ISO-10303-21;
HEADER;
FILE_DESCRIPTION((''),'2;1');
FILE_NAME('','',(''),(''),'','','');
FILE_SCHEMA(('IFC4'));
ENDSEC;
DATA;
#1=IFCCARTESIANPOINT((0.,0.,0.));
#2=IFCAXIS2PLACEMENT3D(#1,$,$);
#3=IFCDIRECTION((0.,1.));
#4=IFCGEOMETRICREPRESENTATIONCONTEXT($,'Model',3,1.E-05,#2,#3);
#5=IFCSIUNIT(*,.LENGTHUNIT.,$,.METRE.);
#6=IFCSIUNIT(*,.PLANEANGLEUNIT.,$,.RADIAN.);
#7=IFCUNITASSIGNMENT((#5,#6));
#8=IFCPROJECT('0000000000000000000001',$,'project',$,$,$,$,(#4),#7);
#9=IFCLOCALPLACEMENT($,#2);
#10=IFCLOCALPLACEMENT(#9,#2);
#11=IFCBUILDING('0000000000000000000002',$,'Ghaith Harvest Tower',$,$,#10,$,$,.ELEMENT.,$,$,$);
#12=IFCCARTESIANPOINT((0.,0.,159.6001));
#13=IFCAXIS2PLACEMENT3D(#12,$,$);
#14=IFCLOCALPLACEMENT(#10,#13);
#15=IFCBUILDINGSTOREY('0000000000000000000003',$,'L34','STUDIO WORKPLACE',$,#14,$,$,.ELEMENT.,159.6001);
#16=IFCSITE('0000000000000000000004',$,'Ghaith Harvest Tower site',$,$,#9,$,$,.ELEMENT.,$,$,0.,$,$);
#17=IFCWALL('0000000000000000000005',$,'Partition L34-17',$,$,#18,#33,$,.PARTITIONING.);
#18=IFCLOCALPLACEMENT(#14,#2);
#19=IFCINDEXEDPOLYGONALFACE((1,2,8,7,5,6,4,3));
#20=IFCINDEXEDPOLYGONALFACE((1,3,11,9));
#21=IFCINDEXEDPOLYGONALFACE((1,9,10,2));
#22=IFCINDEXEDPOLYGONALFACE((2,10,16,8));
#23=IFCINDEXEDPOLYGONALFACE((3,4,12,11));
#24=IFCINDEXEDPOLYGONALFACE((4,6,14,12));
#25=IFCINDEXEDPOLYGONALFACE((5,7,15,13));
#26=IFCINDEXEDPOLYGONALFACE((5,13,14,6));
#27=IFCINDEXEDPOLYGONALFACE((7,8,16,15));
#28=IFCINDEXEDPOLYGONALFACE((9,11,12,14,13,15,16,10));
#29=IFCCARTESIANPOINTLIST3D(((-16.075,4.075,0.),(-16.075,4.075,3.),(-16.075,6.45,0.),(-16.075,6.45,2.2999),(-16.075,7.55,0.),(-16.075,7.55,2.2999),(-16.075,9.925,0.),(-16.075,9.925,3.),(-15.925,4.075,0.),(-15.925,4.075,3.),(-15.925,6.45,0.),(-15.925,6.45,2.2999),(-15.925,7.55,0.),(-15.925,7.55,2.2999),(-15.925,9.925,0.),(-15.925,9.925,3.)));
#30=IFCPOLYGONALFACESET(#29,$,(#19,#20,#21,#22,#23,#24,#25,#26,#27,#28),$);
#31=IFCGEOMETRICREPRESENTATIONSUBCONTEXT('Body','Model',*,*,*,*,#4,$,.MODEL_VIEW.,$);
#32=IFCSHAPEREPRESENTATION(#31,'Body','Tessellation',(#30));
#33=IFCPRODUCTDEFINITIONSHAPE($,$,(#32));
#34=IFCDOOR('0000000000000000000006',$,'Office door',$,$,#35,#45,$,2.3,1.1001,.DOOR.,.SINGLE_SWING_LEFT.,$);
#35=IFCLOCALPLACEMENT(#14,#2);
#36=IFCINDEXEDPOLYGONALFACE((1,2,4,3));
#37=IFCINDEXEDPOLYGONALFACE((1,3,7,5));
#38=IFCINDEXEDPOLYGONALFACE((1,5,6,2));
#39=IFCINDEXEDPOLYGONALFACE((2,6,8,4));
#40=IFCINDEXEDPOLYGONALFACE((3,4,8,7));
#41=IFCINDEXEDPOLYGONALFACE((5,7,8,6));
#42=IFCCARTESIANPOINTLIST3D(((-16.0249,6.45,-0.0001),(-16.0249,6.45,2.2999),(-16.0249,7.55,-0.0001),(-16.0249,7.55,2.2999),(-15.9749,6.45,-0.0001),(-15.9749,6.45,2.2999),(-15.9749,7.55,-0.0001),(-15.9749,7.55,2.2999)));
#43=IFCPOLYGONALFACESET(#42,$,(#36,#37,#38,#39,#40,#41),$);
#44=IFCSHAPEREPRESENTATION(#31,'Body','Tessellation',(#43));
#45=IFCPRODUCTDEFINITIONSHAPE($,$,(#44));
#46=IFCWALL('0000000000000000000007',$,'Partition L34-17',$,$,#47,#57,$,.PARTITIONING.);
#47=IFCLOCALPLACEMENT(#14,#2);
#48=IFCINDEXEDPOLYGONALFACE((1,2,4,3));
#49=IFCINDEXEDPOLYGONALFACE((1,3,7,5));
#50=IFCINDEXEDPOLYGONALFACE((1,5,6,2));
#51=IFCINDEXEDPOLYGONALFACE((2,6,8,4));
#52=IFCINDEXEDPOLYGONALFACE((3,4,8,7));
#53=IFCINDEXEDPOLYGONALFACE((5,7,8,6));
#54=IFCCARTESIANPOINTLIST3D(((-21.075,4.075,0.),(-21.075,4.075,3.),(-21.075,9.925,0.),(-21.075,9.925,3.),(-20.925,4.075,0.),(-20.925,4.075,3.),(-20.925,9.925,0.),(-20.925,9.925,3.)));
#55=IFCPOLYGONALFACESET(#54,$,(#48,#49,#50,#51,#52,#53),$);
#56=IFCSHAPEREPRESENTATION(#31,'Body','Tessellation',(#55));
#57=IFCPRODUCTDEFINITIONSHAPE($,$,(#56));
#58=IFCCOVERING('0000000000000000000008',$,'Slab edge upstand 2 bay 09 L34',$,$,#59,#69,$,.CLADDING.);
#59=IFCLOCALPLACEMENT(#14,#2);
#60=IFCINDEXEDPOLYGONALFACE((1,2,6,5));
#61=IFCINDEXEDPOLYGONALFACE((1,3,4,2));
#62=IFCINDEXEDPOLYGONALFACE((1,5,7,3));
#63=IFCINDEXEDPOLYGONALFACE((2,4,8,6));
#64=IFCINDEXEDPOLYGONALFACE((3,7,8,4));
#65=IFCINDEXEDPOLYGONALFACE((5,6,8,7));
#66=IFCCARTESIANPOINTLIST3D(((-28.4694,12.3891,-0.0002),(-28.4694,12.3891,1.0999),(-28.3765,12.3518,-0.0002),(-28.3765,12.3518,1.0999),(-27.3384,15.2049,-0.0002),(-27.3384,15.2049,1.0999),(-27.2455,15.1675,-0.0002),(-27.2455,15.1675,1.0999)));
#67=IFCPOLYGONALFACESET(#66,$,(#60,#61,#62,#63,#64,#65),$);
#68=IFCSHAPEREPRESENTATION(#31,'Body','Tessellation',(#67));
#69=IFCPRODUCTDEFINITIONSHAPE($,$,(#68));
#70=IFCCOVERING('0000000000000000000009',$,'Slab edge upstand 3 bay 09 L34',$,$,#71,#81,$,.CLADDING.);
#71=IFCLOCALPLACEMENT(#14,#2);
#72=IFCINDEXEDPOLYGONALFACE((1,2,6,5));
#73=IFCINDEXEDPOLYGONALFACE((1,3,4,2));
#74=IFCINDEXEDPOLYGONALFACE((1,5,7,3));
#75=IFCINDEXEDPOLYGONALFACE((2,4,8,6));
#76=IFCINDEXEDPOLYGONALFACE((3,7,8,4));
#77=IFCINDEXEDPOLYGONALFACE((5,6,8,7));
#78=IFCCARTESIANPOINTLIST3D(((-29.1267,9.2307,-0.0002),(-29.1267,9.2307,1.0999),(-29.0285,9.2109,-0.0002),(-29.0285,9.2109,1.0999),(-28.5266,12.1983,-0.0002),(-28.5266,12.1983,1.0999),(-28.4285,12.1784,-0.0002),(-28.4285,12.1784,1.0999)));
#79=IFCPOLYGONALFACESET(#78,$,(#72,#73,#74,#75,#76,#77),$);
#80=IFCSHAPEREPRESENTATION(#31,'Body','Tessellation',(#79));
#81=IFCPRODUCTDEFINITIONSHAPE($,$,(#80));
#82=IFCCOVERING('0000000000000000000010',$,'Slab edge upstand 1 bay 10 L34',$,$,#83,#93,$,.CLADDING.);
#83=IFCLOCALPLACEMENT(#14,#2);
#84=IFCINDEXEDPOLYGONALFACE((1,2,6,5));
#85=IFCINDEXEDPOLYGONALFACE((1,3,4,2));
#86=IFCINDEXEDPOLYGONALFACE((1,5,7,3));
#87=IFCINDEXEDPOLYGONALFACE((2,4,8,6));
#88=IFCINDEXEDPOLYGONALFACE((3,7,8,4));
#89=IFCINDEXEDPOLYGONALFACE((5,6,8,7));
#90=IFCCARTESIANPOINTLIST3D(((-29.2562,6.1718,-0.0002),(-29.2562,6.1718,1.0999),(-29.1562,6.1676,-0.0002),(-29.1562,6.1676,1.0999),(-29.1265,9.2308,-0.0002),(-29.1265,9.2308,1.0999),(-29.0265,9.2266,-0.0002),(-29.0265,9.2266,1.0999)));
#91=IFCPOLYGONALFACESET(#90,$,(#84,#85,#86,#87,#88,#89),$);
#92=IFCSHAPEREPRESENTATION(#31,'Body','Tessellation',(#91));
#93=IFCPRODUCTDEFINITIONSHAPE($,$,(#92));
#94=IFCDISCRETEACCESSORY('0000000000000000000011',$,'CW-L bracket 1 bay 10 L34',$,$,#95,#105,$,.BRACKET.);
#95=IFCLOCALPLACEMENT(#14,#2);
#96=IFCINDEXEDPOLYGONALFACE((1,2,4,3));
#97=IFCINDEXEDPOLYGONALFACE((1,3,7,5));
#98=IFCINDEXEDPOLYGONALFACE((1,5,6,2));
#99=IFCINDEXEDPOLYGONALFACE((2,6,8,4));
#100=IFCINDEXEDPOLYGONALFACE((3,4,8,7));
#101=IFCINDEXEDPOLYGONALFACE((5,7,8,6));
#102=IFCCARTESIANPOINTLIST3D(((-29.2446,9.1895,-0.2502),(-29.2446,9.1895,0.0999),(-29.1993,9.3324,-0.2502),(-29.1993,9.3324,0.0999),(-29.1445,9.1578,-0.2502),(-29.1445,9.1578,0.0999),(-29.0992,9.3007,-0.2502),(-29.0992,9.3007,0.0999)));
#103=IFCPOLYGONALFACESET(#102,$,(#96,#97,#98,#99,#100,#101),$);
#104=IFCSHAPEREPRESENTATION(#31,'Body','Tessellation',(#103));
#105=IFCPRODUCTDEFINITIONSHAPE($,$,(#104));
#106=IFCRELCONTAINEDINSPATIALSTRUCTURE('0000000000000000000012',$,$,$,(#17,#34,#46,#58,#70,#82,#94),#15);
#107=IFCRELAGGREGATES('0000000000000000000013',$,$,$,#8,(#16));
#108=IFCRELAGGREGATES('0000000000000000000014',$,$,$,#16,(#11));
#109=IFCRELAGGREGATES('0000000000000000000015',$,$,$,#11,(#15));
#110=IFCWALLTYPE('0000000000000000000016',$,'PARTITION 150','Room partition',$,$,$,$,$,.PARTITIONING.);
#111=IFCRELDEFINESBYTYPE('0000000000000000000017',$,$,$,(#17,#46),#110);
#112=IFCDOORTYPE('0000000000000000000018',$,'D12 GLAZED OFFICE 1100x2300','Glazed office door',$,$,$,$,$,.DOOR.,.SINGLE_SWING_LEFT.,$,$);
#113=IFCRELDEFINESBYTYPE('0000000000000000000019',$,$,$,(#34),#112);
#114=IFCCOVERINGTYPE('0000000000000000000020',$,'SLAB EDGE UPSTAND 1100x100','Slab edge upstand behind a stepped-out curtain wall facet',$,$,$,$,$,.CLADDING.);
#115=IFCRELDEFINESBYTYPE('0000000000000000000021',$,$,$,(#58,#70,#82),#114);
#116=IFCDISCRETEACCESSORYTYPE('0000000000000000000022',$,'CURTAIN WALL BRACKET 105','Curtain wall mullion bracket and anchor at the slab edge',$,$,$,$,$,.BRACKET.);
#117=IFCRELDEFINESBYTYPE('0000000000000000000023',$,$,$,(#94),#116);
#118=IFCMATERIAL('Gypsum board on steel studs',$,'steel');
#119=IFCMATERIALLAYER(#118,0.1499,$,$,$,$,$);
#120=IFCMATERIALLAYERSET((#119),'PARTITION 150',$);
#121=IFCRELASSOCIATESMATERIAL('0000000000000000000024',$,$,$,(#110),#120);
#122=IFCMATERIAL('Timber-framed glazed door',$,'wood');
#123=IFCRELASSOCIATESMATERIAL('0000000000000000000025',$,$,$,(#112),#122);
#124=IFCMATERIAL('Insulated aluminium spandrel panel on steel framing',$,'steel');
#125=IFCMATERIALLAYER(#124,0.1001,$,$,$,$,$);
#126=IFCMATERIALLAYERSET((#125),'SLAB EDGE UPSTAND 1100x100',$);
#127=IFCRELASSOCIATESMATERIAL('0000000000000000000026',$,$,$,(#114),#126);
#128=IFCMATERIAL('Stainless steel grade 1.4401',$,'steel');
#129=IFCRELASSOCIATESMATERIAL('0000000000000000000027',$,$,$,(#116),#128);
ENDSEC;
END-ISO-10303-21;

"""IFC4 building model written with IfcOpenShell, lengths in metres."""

from ifc_helpers import new_model, si_unit, direction, frame, frame_2d, origin, origin_2d, place, context, subcontext, project, spatial, rectangle, extrude, material, layer, layer_set, type_object, element, fill, save


model = new_model("IFC4")

# Units and contexts
model_context = context("Model", 3, precision=1e-05, world=origin(), true_north=direction((0.0, 1.0)))
body_context = subcontext(model_context, "Body", "Model", "MODEL_VIEW")
ifc_project = project(units=[si_unit("LENGTHUNIT", "METRE"), si_unit("PLANEANGLEUNIT", "RADIAN")], contexts=[model_context])

# Site, building, storey
site_placement = place(None, origin())
site = spatial("IfcSite", under=ifc_project, at=site_placement, Name="Ghaith Harvest Tower site", CompositionType="ELEMENT", RefElevation=0.0)
building_placement = place(site_placement, origin())
building = spatial("IfcBuilding", under=site, at=building_placement, Name="Ghaith Harvest Tower", CompositionType="ELEMENT")
storey_placement = place(building_placement, frame((0.0, 0.0, 159.6001)))
storey = spatial("IfcBuildingStorey", under=building, at=storey_placement, Name="L34", Description="STUDIO WORKPLACE", CompositionType="ELEMENT", Elevation=159.6001)

# Shared definitions
ifc_material_1 = material(Name="Gypsum board on steel studs", Category="steel")
ifc_layer_1 = layer(ifc_material_1, 0.1499)
ifc_layer_set_1 = layer_set([ifc_layer_1], Name="PARTITION 150")
wall_type = type_object("IfcWallType", Name="PARTITION 150", Description="Room partition", PredefinedType="PARTITIONING", material=ifc_layer_set_1)

# Wall, opening, door
wall_1_placement = place(storey_placement, frame((-16.0, 4.075, 0.0), z_axis=(0.0, 0.0, 1.0), x_axis=(0.0, 1.0, 0.0)))
wall_1 = element("IfcWall", 1, at=wall_1_placement, inside=storey, type_object=wall_type, Name="Partition L34-17", PredefinedType="PARTITIONING", context=body_context, shape_type="SweptSolid", body=[
    extrude(rectangle(XDim=5.8501, YDim=0.1499, at=frame_2d((2.925, 0.0))), origin(), (0.0, 0.0, 1.0), 3.0),
])
opening_1_placement = place(wall_1_placement, frame((2.375, 0.0, 0.0)))
opening_1 = element("IfcOpeningElement", 2, at=opening_1_placement, cuts=wall_1, PredefinedType="OPENING", context=body_context, shape_type="SweptSolid", body=[
    extrude(rectangle(XDim=1.1001, YDim=2.3, at=frame_2d((0.55, 1.1499))), frame((0.0, 0.085, 0.0), z_axis=(0.0, -1.0, 0.0), x_axis=(1.0, 0.0, 0.0)), (0.0, 0.0, 1.0), 0.1699),
])
ifc_material_2 = material(Name="Timber-framed glazed door", Category="wood")
door_type_1 = type_object("IfcDoorType", Name="D12 GLAZED OFFICE 1100x2300", Description="Glazed office door", OperationType="SINGLE_SWING_LEFT", PredefinedType="DOOR", material=ifc_material_2)
door_1_placement = place(opening_1_placement, origin())
door_1 = element("IfcDoor", 3, at=door_1_placement, inside=storey, type_object=door_type_1, Name="Office door", OperationType="SINGLE_SWING_LEFT", OverallHeight=2.3, OverallWidth=1.1001, PredefinedType="DOOR", context=body_context, shape_type="SweptSolid", body=[
    extrude(rectangle(XDim=1.1001, YDim=2.3, at=frame_2d((0.55, 1.1499))), frame((0.0, 0.0249, 0.0), z_axis=(0.0, -1.0, 0.0), x_axis=(1.0, 0.0, 0.0)), (0.0, 0.0, 1.0), 0.05),
])
fill(opening_1, door_1)

# Wall
wall_2_placement = place(storey_placement, frame((-21.0, 4.075, 0.0), z_axis=(0.0, 0.0, 1.0), x_axis=(0.0, 1.0, 0.0)))
element("IfcWall", 4, at=wall_2_placement, inside=storey, type_object=wall_type, Name="Partition L34-17", PredefinedType="PARTITIONING", context=body_context, shape_type="SweptSolid", body=[
    extrude(rectangle(XDim=5.8501, YDim=0.1499, at=frame_2d((2.925, 0.0))), origin(), (0.0, 0.0, 1.0), 3.0),
])

# Coverings
ifc_material_3 = material(Name="Insulated aluminium spandrel panel on steel framing", Category="steel")
ifc_layer_2 = layer(ifc_material_3, 0.1001)
ifc_layer_set_2 = layer_set([ifc_layer_2], Name="SLAB EDGE UPSTAND 1100x100")
covering_type = type_object("IfcCoveringType", Name="SLAB EDGE UPSTAND 1100x100", Description="Slab edge upstand behind a stepped-out curtain wall facet", PredefinedType="CLADDING", material=ifc_layer_set_2)
covering_1_placement = place(storey_placement, frame((-27.8574, 13.7783, -0.0002), z_axis=(0.0, 0.0, 1.0), x_axis=(-0.372732, -0.927939, 0.0)))
element("IfcCovering", 5, at=covering_1_placement, inside=storey, type_object=covering_type, Name="Slab edge upstand 2 bay 09 L34", PredefinedType="CLADDING", context=body_context, shape_type="SweptSolid", body=[
    extrude(rectangle(XDim=3.0344, YDim=0.1001, at=origin_2d()), origin(), (0.0, 0.0, 1.0), 1.1001),
])
covering_2_placement = place(storey_placement, frame((-28.7776, 10.7046, -0.0002), z_axis=(0.0, 0.0, 1.0), x_axis=(-0.198183, -0.980165, 0.0)))
element("IfcCovering", 6, at=covering_2_placement, inside=storey, type_object=covering_type, Name="Slab edge upstand 3 bay 09 L34", PredefinedType="CLADDING", context=body_context, shape_type="SweptSolid", body=[
    extrude(rectangle(XDim=3.0276, YDim=0.1001, at=origin_2d()), origin(), (0.0, 0.0, 1.0), 1.1001),
])
covering_3_placement = place(storey_placement, frame((-29.1414, 7.6992, -0.0002), z_axis=(0.0, 0.0, 1.0), x_axis=(-0.042373, -0.999102, 0.0)))
element("IfcCovering", 7, at=covering_3_placement, inside=storey, type_object=covering_type, Name="Slab edge upstand 1 bay 10 L34", PredefinedType="CLADDING", context=body_context, shape_type="SweptSolid", body=[
    extrude(rectangle(XDim=3.0618, YDim=0.1001, at=origin_2d()), origin(), (0.0, 0.0, 1.0), 1.1001),
])

# Discrete accessory
ifc_material_4 = material(Name="Stainless steel grade 1.4401", Category="steel")
discrete_accessory_type = type_object("IfcDiscreteAccessoryType", Name="CURTAIN WALL BRACKET 105", Description="Curtain wall mullion bracket and anchor at the slab edge", PredefinedType="BRACKET", material=ifc_material_4)
discrete_accessory_placement = place(storey_placement, frame((-29.1719, 9.2451, -0.2502), z_axis=(0.0, 0.0, 1.0), x_axis=(-0.953273, 0.30211, 0.0)))
element("IfcDiscreteAccessory", 8, at=discrete_accessory_placement, inside=storey, type_object=discrete_accessory_type, Name="CW-L bracket 1 bay 10 L34", PredefinedType="BRACKET", context=body_context, shape_type="SweptSolid", body=[
    extrude(rectangle(XDim=0.105, YDim=0.1499, at=origin_2d()), origin(), (0.0, 0.0, 1.0), 0.3501),
])

save(model, "model.ifc")
